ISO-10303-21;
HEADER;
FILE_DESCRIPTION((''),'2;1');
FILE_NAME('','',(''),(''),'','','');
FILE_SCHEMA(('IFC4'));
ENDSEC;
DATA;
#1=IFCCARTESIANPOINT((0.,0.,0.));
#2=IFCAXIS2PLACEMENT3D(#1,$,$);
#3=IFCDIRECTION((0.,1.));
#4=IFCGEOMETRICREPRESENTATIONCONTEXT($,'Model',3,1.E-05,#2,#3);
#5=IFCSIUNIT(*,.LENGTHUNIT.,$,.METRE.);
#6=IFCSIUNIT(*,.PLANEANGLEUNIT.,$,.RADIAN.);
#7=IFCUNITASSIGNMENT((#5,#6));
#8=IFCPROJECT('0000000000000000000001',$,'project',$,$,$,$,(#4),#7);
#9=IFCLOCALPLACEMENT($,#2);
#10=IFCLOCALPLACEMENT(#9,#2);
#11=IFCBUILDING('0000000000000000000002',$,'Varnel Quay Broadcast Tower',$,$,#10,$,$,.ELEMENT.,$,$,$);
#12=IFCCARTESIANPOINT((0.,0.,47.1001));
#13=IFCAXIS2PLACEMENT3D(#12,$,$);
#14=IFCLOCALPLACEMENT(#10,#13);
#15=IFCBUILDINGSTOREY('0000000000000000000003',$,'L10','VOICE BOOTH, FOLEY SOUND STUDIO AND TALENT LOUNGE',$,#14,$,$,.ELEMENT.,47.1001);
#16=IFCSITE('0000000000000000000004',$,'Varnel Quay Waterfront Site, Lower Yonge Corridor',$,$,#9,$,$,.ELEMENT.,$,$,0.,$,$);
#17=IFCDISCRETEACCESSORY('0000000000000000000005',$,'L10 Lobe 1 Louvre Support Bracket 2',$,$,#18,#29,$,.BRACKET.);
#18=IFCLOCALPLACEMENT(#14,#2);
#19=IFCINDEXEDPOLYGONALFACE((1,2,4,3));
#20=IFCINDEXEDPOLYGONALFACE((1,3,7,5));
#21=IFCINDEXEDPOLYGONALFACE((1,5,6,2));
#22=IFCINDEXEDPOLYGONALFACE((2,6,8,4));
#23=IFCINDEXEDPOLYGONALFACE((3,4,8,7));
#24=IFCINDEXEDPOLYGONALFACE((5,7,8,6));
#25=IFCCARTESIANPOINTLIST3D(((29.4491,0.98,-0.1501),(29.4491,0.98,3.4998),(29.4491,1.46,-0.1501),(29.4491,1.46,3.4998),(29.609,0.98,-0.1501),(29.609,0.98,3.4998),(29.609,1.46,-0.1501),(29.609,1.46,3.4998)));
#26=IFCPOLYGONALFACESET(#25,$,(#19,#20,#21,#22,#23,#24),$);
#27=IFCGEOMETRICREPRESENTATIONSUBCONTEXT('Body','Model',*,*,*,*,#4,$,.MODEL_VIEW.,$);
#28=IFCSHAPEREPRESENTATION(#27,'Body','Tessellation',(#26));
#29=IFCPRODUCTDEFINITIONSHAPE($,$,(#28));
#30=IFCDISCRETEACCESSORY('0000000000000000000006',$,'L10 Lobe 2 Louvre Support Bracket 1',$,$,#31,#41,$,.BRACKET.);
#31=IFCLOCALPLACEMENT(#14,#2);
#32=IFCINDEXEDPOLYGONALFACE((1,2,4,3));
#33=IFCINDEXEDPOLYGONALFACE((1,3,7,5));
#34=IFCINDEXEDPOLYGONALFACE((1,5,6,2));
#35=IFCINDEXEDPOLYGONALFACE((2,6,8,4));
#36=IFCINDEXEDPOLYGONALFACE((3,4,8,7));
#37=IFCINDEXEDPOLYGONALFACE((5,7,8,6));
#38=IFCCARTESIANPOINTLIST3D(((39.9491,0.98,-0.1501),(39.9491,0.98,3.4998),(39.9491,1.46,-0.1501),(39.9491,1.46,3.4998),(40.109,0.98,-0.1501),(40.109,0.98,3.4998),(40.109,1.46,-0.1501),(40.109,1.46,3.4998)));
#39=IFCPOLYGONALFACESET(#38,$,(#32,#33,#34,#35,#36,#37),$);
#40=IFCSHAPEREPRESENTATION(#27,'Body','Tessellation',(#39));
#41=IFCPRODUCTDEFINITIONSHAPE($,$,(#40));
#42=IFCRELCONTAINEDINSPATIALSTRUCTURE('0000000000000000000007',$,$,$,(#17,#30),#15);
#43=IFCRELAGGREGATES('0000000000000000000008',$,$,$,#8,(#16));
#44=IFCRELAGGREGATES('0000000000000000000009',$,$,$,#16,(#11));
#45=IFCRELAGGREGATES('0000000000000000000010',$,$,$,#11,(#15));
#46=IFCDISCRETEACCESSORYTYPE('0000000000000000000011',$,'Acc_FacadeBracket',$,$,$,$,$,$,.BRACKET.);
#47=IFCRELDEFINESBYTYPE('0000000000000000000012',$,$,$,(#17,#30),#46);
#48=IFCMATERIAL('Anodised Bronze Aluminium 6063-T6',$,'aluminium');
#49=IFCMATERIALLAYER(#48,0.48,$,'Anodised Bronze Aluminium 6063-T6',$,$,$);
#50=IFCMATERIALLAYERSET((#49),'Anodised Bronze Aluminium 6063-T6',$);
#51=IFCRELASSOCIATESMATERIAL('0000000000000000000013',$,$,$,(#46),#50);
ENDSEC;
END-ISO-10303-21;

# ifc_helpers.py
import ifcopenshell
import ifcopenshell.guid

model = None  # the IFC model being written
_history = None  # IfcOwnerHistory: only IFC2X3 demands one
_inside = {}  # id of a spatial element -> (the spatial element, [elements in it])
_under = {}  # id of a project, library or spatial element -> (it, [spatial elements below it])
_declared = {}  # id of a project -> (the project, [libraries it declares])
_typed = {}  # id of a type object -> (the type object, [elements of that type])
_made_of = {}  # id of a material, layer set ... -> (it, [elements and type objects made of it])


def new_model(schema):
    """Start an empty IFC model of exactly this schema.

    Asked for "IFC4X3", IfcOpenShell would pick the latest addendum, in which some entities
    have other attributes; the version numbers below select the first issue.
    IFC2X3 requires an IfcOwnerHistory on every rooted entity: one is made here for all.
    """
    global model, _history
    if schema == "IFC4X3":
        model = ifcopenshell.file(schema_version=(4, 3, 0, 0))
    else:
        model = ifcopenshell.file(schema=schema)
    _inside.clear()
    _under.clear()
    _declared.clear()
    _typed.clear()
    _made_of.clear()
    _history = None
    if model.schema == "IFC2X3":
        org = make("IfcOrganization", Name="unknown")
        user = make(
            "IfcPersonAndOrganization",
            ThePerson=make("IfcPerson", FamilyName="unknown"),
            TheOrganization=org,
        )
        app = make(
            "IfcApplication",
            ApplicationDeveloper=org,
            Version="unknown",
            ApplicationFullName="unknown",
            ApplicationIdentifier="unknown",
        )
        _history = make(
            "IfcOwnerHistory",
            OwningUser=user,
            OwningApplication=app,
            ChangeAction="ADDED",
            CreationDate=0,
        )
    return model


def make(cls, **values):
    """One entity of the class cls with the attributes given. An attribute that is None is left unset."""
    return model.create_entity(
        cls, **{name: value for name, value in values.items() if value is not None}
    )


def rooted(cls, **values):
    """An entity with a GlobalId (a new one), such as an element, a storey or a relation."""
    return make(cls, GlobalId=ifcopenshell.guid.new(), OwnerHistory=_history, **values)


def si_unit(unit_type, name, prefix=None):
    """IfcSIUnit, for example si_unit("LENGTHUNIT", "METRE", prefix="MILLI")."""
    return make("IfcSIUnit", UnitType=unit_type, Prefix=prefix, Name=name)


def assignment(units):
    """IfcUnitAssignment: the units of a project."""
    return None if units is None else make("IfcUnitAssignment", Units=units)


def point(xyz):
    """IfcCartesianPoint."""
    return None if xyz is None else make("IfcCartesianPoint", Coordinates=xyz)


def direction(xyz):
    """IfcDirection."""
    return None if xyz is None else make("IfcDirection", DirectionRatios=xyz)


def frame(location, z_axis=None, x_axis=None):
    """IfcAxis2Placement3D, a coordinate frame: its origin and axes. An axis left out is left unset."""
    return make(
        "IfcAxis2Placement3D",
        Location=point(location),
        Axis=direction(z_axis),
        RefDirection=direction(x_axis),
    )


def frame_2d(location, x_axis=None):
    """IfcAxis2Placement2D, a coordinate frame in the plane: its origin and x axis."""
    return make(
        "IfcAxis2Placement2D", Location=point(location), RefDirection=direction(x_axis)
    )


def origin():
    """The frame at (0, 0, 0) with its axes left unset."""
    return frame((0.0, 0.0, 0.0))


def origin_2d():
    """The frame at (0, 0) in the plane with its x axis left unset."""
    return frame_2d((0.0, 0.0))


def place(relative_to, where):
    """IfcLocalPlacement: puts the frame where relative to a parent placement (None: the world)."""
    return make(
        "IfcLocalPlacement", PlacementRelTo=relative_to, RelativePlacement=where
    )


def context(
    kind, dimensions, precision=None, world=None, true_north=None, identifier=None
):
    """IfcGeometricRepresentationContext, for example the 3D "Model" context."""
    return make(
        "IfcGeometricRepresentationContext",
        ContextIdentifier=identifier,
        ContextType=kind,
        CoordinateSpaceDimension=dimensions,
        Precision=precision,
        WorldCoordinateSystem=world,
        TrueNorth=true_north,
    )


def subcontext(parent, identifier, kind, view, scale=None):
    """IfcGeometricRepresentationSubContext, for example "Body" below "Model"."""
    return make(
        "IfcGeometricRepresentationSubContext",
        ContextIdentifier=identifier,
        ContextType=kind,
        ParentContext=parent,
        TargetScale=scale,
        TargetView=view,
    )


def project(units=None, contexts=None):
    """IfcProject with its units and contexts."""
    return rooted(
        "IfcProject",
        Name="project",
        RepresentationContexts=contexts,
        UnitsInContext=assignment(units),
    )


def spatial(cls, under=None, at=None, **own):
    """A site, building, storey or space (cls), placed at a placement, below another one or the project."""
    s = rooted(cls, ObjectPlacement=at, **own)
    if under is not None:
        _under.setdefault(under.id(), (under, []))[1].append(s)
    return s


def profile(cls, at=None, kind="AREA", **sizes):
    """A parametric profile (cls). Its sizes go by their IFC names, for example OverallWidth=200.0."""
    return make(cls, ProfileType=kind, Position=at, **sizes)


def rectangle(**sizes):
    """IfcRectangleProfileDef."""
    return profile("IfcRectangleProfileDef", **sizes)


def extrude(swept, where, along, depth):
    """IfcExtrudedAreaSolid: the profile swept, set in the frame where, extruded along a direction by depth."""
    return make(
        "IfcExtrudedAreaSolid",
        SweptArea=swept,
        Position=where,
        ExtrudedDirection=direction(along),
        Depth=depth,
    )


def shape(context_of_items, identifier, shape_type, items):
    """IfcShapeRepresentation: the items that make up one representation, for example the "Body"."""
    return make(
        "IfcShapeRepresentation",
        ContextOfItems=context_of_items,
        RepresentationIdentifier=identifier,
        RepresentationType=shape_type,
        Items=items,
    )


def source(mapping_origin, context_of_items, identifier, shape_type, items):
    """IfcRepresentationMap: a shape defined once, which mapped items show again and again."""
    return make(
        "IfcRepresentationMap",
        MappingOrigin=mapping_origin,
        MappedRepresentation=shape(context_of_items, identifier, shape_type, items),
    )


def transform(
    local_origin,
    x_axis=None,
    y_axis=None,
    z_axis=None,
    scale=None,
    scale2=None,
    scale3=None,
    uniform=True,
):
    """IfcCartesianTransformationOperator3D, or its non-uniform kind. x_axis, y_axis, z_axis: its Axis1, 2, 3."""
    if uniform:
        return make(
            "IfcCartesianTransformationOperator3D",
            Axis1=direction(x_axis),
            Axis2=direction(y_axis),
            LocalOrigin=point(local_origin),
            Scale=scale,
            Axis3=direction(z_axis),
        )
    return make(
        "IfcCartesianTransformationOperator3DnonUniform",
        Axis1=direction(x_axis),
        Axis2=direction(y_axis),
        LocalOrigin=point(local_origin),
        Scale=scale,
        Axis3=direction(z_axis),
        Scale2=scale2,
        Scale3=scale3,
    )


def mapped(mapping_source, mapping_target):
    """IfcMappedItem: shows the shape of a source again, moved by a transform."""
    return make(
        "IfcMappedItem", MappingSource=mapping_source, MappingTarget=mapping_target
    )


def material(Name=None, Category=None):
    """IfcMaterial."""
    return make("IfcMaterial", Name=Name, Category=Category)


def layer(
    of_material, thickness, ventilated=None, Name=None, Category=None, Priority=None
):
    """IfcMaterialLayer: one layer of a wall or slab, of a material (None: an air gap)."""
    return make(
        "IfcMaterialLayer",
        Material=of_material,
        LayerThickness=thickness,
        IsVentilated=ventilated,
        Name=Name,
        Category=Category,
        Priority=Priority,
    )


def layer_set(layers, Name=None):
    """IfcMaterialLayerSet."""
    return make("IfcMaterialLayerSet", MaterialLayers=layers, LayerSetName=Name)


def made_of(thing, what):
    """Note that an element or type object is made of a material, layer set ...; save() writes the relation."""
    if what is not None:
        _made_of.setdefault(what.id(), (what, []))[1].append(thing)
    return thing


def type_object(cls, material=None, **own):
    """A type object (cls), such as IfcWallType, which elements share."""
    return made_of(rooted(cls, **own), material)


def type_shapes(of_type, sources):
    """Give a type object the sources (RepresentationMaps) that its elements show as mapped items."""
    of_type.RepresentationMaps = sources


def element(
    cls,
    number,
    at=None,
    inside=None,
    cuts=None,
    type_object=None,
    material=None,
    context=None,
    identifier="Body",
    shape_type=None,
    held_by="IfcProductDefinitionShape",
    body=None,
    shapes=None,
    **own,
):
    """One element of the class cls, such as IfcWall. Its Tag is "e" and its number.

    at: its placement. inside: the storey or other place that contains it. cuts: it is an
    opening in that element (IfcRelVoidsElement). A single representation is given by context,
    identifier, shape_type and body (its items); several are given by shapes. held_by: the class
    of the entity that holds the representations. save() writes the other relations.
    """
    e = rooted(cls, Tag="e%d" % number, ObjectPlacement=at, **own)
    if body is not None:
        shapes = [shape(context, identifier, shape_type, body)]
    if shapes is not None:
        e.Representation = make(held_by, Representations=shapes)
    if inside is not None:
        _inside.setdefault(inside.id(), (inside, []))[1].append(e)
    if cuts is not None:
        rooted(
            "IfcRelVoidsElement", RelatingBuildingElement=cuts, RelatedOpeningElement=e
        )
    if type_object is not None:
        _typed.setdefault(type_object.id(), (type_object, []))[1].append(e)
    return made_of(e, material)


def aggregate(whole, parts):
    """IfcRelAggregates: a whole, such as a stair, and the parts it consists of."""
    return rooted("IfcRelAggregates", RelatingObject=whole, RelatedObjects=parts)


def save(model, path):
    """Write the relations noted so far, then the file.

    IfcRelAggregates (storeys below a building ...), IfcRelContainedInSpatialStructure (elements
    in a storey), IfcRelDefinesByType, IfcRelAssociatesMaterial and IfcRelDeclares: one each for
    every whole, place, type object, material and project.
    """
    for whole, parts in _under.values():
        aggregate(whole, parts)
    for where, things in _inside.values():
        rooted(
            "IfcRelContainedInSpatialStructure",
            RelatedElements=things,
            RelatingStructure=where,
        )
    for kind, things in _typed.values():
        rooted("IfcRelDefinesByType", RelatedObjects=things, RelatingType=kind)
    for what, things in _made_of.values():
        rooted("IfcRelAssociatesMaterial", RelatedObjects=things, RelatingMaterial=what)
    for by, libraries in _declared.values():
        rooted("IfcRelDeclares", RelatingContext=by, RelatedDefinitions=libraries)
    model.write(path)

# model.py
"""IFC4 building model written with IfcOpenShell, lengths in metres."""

from ifc_helpers import new_model, si_unit, direction, frame, origin, origin_2d, place, context, subcontext, project, spatial, rectangle, extrude, source, transform, mapped, material, layer, layer_set, type_object, type_shapes, element, save


model = new_model("IFC4")

# Units and contexts
model_context = context("Model", 3, precision=1e-05, world=origin(), true_north=direction((0.0, 1.0)))
body_context = subcontext(model_context, "Body", "Model", "MODEL_VIEW")
ifc_project = project(units=[si_unit("LENGTHUNIT", "METRE"), si_unit("PLANEANGLEUNIT", "RADIAN")], contexts=[model_context])

# Site, building, storey
site_placement = place(None, origin())
site = spatial("IfcSite", under=ifc_project, at=site_placement, Name="Varnel Quay Waterfront Site, Lower Yonge Corridor", CompositionType="ELEMENT", RefElevation=0.0)
building_placement = place(site_placement, origin())
building = spatial("IfcBuilding", under=site, at=building_placement, Name="Varnel Quay Broadcast Tower", CompositionType="ELEMENT")
storey_placement = place(building_placement, frame((0.0, 0.0, 47.1001)))
storey = spatial("IfcBuildingStorey", under=building, at=storey_placement, Name="L10", Description="VOICE BOOTH, FOLEY SOUND STUDIO AND TALENT LOUNGE", CompositionType="ELEMENT", Elevation=47.1001)

# Shared definitions
ifc_material_1 = material(Name="Anodised Bronze Aluminium 6063-T6", Category="aluminium")

# Discrete accessories
ifc_layer_1 = layer(ifc_material_1, 0.48, Name="Anodised Bronze Aluminium 6063-T6")
ifc_layer_set_1 = layer_set([ifc_layer_1], Name="Anodised Bronze Aluminium 6063-T6")
discrete_accessory_type = type_object("IfcDiscreteAccessoryType", Name="Acc_FacadeBracket", PredefinedType="BRACKET", material=ifc_layer_set_1)
shared_shape_1 = source(origin(), body_context, "Body", "SweptSolid", [
    extrude(rectangle(XDim=0.1599, YDim=0.48, at=origin_2d()), origin(), (0.0, 0.0, 1.0), 3.6499),
])
type_shapes(discrete_accessory_type, [shared_shape_1])
for number, where, z_axis, x_axis, name in (
    (1, (29.5291, 1.22, -0.1501), (0.0, 0.0, 1.0), (1.0, 0.0, 0.0), "L10 Lobe 1 Louvre Support Bracket 2"),
    (2, (40.0291, 1.22, -0.1501), (0.0, 0.0, 1.0), (1.0, 0.0, 0.0), "L10 Lobe 2 Louvre Support Bracket 1"),
):
    element("IfcDiscreteAccessory", number, at=place(storey_placement, frame(where, z_axis=z_axis, x_axis=x_axis)), inside=storey, type_object=discrete_accessory_type, Name=name, PredefinedType="BRACKET", context=body_context, shape_type="MappedRepresentation", body=[
        mapped(shared_shape_1, transform((0.0, 0.0, 0.0), x_axis=(1.0, 0.0, 0.0), y_axis=(0.0, 1.0, 0.0), z_axis=(0.0, 0.0, 1.0), scale=1.0)),
    ])

save(model, "model.ifc")
